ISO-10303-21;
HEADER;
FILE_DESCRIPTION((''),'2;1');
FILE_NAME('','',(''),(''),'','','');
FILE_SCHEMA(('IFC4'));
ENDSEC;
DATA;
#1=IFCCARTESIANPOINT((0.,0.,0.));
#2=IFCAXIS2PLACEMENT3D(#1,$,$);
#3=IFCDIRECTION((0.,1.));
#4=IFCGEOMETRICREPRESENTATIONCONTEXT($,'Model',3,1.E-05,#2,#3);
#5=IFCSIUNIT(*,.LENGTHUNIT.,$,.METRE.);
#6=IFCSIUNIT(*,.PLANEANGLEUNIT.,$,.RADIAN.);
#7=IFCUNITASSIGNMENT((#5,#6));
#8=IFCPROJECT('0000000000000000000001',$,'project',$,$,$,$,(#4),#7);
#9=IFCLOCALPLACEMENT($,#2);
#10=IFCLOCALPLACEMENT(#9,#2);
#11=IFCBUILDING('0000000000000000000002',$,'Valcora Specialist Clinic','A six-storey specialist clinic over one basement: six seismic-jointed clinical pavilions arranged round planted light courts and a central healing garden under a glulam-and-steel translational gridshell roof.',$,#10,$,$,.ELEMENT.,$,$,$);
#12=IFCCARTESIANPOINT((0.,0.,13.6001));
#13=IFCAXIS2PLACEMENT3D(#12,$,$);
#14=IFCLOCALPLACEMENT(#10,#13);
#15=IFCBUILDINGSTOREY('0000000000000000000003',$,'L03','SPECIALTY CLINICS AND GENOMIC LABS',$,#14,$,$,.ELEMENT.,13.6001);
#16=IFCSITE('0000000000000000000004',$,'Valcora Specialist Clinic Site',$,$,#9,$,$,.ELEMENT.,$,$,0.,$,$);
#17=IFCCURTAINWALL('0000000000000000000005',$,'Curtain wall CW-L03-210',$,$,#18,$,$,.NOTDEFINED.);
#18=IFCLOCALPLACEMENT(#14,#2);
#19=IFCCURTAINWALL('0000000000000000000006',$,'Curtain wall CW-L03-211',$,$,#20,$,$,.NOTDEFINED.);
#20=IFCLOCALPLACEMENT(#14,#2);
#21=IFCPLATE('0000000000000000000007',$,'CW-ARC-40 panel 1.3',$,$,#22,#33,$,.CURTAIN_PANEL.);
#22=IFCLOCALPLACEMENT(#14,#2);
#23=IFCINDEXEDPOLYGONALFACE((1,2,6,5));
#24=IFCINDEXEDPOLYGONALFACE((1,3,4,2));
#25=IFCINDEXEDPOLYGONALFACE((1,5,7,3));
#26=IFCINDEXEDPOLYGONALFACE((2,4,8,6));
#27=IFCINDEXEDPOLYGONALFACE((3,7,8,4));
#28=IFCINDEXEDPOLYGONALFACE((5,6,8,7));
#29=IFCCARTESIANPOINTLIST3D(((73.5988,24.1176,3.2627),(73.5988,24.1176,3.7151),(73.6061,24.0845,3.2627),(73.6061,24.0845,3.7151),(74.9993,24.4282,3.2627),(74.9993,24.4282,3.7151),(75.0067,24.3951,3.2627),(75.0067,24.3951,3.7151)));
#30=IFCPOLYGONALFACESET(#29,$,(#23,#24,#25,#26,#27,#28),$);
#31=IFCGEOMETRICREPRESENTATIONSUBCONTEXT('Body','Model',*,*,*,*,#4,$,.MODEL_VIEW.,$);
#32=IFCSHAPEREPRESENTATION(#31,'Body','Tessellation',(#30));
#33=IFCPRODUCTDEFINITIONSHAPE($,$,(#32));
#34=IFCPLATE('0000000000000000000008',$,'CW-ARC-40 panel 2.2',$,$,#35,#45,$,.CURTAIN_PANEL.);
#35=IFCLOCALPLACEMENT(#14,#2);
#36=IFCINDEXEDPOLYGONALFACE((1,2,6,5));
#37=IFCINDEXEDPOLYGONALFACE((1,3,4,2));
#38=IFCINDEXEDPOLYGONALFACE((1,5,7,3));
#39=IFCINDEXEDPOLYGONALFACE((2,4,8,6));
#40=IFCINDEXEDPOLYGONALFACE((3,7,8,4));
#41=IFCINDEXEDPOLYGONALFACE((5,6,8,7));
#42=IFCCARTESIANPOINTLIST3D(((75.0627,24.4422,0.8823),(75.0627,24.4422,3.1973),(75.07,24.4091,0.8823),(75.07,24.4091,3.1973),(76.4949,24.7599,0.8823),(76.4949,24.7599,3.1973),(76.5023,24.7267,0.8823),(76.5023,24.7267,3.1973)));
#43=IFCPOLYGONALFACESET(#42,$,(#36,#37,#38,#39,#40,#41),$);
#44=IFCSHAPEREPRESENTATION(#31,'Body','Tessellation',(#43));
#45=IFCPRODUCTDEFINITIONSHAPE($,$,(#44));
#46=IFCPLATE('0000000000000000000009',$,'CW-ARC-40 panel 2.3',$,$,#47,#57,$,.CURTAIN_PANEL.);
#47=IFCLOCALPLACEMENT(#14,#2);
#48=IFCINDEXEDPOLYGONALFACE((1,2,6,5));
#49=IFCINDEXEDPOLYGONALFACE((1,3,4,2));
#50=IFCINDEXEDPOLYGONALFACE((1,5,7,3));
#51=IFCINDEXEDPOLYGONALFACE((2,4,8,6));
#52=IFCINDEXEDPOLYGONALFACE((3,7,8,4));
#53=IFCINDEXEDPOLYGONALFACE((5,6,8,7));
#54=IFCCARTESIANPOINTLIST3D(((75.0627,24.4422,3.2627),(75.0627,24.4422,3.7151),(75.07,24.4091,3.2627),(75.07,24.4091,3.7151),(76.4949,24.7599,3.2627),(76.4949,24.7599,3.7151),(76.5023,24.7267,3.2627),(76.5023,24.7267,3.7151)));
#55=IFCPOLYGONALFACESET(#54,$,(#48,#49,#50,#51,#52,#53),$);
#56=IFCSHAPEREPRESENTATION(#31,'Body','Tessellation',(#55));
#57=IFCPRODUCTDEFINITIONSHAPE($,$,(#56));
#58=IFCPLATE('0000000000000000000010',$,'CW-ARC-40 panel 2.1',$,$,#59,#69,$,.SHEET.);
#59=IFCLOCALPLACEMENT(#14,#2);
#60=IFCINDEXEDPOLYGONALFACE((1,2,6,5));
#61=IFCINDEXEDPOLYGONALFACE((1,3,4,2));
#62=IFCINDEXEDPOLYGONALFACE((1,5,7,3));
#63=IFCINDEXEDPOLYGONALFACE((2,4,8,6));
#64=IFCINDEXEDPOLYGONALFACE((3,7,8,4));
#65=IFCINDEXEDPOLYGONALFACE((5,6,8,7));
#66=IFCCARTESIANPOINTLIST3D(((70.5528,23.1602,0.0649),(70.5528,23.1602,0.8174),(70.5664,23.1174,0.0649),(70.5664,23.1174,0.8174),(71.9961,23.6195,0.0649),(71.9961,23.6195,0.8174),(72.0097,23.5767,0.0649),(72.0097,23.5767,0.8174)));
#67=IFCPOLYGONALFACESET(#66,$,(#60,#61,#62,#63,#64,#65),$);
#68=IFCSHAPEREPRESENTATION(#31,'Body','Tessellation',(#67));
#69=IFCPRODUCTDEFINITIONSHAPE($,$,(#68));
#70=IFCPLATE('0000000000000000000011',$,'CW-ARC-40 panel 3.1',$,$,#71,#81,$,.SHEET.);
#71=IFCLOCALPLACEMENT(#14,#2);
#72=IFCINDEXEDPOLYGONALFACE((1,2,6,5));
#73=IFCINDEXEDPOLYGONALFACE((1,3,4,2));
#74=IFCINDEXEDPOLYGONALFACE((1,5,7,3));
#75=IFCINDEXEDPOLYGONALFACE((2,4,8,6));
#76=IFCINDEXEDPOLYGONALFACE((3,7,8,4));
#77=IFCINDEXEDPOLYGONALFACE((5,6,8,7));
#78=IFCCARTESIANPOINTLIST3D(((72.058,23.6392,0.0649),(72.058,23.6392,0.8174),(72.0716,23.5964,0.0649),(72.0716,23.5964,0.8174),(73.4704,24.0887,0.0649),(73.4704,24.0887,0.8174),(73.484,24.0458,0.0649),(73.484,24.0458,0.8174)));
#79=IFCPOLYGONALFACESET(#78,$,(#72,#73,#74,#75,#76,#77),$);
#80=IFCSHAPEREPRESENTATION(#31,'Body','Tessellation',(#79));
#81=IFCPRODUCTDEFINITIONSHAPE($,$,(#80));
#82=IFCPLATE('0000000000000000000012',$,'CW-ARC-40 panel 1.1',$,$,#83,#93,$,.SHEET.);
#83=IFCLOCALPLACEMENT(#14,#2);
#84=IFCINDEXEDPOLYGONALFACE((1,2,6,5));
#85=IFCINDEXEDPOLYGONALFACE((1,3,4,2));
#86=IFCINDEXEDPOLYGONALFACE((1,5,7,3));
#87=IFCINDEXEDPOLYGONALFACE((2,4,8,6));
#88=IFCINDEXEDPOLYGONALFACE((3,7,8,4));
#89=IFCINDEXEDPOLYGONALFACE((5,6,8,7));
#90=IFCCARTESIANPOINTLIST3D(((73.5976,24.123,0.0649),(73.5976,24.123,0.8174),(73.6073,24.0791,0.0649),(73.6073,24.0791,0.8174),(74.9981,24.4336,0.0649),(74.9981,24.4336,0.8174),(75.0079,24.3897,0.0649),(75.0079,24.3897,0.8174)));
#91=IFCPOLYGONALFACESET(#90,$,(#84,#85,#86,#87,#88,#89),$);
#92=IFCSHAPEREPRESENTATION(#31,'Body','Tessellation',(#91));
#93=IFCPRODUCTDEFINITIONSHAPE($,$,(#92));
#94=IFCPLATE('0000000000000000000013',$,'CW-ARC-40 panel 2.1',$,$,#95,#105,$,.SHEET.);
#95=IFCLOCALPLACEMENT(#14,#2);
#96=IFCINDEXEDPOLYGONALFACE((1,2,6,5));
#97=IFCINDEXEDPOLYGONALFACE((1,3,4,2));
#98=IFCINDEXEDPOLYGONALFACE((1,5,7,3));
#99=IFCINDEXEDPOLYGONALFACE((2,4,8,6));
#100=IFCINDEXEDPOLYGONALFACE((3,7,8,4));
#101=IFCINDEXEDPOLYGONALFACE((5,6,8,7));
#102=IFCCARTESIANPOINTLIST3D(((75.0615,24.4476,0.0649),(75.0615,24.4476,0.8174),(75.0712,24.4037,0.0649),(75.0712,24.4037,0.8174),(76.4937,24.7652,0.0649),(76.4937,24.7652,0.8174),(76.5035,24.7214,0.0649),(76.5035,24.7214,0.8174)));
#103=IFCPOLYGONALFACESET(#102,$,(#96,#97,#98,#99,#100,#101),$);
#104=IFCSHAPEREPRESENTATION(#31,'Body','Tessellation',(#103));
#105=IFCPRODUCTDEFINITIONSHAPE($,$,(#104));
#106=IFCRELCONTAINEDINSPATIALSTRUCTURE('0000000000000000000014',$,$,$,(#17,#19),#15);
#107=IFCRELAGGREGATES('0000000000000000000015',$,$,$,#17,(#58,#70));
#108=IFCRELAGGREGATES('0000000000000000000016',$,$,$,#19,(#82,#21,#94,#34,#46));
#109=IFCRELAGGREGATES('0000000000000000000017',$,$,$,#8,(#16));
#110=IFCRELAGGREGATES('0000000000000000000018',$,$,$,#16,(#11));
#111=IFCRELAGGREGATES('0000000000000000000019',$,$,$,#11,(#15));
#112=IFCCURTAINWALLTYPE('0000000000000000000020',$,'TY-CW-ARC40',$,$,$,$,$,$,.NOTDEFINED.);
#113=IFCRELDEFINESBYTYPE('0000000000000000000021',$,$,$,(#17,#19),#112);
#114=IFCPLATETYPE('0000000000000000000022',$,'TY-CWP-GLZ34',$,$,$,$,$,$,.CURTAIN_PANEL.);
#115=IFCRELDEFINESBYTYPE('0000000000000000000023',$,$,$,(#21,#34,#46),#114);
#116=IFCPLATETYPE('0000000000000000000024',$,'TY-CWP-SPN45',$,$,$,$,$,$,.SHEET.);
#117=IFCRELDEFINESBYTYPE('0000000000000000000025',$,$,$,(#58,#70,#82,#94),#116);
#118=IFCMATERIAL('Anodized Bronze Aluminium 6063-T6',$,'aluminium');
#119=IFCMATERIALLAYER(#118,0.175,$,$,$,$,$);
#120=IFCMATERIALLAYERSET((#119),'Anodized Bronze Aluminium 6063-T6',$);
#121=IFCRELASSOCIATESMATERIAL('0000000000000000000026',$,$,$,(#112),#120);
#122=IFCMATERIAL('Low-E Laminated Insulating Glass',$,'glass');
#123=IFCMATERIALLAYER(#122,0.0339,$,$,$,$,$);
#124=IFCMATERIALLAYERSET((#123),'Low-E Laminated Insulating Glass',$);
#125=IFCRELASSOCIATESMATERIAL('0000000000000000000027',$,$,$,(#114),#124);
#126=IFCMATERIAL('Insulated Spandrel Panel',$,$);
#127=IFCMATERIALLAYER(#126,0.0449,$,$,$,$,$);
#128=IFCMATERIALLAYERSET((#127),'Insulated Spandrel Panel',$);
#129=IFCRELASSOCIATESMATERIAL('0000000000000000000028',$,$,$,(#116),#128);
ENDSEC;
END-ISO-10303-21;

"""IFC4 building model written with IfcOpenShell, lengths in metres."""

from ifc_helpers import new_model, si_unit, direction, frame, origin, origin_2d, place, context, subcontext, project, spatial, rectangle, extrude, material, layer, layer_set, type_object, element, aggregate, save


model = new_model("IFC4")

# Units and contexts
model_context = context("Model", 3, precision=1e-05, world=origin(), true_north=direction((0.0, 1.0)))
body_context = subcontext(model_context, "Body", "Model", "MODEL_VIEW")
ifc_project = project(units=[si_unit("LENGTHUNIT", "METRE"), si_unit("PLANEANGLEUNIT", "RADIAN")], contexts=[model_context])

# Site, building, storey
site_placement = place(None, origin())
site = spatial("IfcSite", under=ifc_project, at=site_placement, Name="Valcora Specialist Clinic Site", CompositionType="ELEMENT", RefElevation=0.0)
building_placement = place(site_placement, origin())
building = spatial("IfcBuilding", under=site, at=building_placement, Name="Valcora Specialist Clinic", Description="A six-storey specialist clinic over one basement: six seismic-jointed clinical pavilions arranged round planted light courts and a central healing garden under a glulam-and-steel translational gridshell roof.", CompositionType="ELEMENT")
storey_placement = place(building_placement, frame((0.0, 0.0, 13.6001)))
storey = spatial("IfcBuildingStorey", under=building, at=storey_placement, Name="L03", Description="SPECIALTY CLINICS AND GENOMIC LABS", CompositionType="ELEMENT", Elevation=13.6001)

# Curtain walls
ifc_material_1 = material(Name="Anodized Bronze Aluminium 6063-T6", Category="aluminium")
ifc_layer_1 = layer(ifc_material_1, 0.175)
ifc_layer_set_1 = layer_set([ifc_layer_1], Name="Anodized Bronze Aluminium 6063-T6")
curtain_wall_type = type_object("IfcCurtainWallType", Name="TY-CW-ARC40", PredefinedType="NOTDEFINED", material=ifc_layer_set_1)
curtain_wall_1_placement = place(storey_placement, origin())
curtain_wall_1 = element("IfcCurtainWall", 1, at=curtain_wall_1_placement, inside=storey, type_object=curtain_wall_type, Name="Curtain wall CW-L03-210", PredefinedType="NOTDEFINED")
curtain_wall_2_placement = place(storey_placement, origin())
curtain_wall_2 = element("IfcCurtainWall", 2, at=curtain_wall_2_placement, inside=storey, type_object=curtain_wall_type, Name="Curtain wall CW-L03-211", PredefinedType="NOTDEFINED")

# Plates
ifc_material_2 = material(Name="Low-E Laminated Insulating Glass", Category="glass")
ifc_layer_2 = layer(ifc_material_2, 0.0339)
ifc_layer_set_2 = layer_set([ifc_layer_2], Name="Low-E Laminated Insulating Glass")
plate_type_1 = type_object("IfcPlateType", Name="TY-CWP-GLZ34", PredefinedType="CURTAIN_PANEL", material=ifc_layer_set_2)
plate_1_placement = place(storey_placement, frame((74.3027, 24.2563, 3.2627), z_axis=(0.0, 0.0, 1.0), x_axis=(0.976279, 0.216518, 0.0)))
plate_1 = element("IfcPlate", 3, at=plate_1_placement, type_object=plate_type_1, Name="CW-ARC-40 panel 1.3", PredefinedType="CURTAIN_PANEL", context=body_context, shape_type="SweptSolid", body=[
    extrude(rectangle(XDim=1.4346, YDim=0.0339, at=origin_2d()), origin(), (0.0, 0.0, 1.0), 0.4524),
])
plate_2_placement = place(storey_placement, frame((75.7825, 24.5845, 0.8823), z_axis=(0.0, 0.0, 1.0), x_axis=(0.976279, 0.216518, 0.0)))
plate_2 = element("IfcPlate", 4, at=plate_2_placement, type_object=plate_type_1, Name="CW-ARC-40 panel 2.2", PredefinedType="CURTAIN_PANEL", context=body_context, shape_type="SweptSolid", body=[
    extrude(rectangle(XDim=1.467, YDim=0.0339, at=origin_2d()), origin(), (0.0, 0.0, 1.0), 2.3149),
])
plate_3_placement = place(storey_placement, frame((75.7825, 24.5845, 3.2627), z_axis=(0.0, 0.0, 1.0), x_axis=(0.976279, 0.216518, 0.0)))
plate_3 = element("IfcPlate", 5, at=plate_3_placement, type_object=plate_type_1, Name="CW-ARC-40 panel 2.3", PredefinedType="CURTAIN_PANEL", context=body_context, shape_type="SweptSolid", body=[
    extrude(rectangle(XDim=1.467, YDim=0.0339, at=origin_2d()), origin(), (0.0, 0.0, 1.0), 0.4524),
])
ifc_material_3 = material(Name="Insulated Spandrel Panel")
ifc_layer_3 = layer(ifc_material_3, 0.0449)
ifc_layer_set_3 = layer_set([ifc_layer_3], Name="Insulated Spandrel Panel")
plate_type_2 = type_object("IfcPlateType", Name="TY-CWP-SPN45", PredefinedType="SHEET", material=ifc_layer_set_3)
plate_4_placement = place(storey_placement, frame((71.2812, 23.3684, 0.0649), z_axis=(0.0, 0.0, 1.0), x_axis=(0.952916, 0.303233, 0.0)))
plate_4 = element("IfcPlate", 6, at=plate_4_placement, type_object=plate_type_2, Name="CW-ARC-40 panel 2.1", PredefinedType="SHEET", context=body_context, shape_type="SweptSolid", body=[
    extrude(rectangle(XDim=1.5146, YDim=0.0449, at=origin_2d()), origin(), (0.0, 0.0, 1.0), 0.7524),
])
plate_5_placement = place(storey_placement, frame((72.771, 23.8425, 0.0649), z_axis=(0.0, 0.0, 1.0), x_axis=(0.952916, 0.303233, 0.0)))
plate_5 = element("IfcPlate", 7, at=plate_5_placement, type_object=plate_type_2, Name="CW-ARC-40 panel 3.1", PredefinedType="SHEET", context=body_context, shape_type="SweptSolid", body=[
    extrude(rectangle(XDim=1.4822, YDim=0.0449, at=origin_2d()), origin(), (0.0, 0.0, 1.0), 0.7524),
])
aggregate(curtain_wall_1, [plate_4, plate_5])
plate_6_placement = place(storey_placement, frame((74.3027, 24.2563, 0.0649), z_axis=(0.0, 0.0, 1.0), x_axis=(0.976279, 0.216518, 0.0)))
plate_6 = element("IfcPlate", 8, at=plate_6_placement, type_object=plate_type_2, Name="CW-ARC-40 panel 1.1", PredefinedType="SHEET", context=body_context, shape_type="SweptSolid", body=[
    extrude(rectangle(XDim=1.4346, YDim=0.0449, at=origin_2d()), origin(), (0.0, 0.0, 1.0), 0.7524),
])
plate_7_placement = place(storey_placement, frame((75.7825, 24.5845, 0.0649), z_axis=(0.0, 0.0, 1.0), x_axis=(0.976279, 0.216518, 0.0)))
plate_7 = element("IfcPlate", 9, at=plate_7_placement, type_object=plate_type_2, Name="CW-ARC-40 panel 2.1", PredefinedType="SHEET", context=body_context, shape_type="SweptSolid", body=[
    extrude(rectangle(XDim=1.467, YDim=0.0449, at=origin_2d()), origin(), (0.0, 0.0, 1.0), 0.7524),
])
aggregate(curtain_wall_2, [plate_6, plate_1, plate_7, plate_2, plate_3])

save(model, "model.ifc")
